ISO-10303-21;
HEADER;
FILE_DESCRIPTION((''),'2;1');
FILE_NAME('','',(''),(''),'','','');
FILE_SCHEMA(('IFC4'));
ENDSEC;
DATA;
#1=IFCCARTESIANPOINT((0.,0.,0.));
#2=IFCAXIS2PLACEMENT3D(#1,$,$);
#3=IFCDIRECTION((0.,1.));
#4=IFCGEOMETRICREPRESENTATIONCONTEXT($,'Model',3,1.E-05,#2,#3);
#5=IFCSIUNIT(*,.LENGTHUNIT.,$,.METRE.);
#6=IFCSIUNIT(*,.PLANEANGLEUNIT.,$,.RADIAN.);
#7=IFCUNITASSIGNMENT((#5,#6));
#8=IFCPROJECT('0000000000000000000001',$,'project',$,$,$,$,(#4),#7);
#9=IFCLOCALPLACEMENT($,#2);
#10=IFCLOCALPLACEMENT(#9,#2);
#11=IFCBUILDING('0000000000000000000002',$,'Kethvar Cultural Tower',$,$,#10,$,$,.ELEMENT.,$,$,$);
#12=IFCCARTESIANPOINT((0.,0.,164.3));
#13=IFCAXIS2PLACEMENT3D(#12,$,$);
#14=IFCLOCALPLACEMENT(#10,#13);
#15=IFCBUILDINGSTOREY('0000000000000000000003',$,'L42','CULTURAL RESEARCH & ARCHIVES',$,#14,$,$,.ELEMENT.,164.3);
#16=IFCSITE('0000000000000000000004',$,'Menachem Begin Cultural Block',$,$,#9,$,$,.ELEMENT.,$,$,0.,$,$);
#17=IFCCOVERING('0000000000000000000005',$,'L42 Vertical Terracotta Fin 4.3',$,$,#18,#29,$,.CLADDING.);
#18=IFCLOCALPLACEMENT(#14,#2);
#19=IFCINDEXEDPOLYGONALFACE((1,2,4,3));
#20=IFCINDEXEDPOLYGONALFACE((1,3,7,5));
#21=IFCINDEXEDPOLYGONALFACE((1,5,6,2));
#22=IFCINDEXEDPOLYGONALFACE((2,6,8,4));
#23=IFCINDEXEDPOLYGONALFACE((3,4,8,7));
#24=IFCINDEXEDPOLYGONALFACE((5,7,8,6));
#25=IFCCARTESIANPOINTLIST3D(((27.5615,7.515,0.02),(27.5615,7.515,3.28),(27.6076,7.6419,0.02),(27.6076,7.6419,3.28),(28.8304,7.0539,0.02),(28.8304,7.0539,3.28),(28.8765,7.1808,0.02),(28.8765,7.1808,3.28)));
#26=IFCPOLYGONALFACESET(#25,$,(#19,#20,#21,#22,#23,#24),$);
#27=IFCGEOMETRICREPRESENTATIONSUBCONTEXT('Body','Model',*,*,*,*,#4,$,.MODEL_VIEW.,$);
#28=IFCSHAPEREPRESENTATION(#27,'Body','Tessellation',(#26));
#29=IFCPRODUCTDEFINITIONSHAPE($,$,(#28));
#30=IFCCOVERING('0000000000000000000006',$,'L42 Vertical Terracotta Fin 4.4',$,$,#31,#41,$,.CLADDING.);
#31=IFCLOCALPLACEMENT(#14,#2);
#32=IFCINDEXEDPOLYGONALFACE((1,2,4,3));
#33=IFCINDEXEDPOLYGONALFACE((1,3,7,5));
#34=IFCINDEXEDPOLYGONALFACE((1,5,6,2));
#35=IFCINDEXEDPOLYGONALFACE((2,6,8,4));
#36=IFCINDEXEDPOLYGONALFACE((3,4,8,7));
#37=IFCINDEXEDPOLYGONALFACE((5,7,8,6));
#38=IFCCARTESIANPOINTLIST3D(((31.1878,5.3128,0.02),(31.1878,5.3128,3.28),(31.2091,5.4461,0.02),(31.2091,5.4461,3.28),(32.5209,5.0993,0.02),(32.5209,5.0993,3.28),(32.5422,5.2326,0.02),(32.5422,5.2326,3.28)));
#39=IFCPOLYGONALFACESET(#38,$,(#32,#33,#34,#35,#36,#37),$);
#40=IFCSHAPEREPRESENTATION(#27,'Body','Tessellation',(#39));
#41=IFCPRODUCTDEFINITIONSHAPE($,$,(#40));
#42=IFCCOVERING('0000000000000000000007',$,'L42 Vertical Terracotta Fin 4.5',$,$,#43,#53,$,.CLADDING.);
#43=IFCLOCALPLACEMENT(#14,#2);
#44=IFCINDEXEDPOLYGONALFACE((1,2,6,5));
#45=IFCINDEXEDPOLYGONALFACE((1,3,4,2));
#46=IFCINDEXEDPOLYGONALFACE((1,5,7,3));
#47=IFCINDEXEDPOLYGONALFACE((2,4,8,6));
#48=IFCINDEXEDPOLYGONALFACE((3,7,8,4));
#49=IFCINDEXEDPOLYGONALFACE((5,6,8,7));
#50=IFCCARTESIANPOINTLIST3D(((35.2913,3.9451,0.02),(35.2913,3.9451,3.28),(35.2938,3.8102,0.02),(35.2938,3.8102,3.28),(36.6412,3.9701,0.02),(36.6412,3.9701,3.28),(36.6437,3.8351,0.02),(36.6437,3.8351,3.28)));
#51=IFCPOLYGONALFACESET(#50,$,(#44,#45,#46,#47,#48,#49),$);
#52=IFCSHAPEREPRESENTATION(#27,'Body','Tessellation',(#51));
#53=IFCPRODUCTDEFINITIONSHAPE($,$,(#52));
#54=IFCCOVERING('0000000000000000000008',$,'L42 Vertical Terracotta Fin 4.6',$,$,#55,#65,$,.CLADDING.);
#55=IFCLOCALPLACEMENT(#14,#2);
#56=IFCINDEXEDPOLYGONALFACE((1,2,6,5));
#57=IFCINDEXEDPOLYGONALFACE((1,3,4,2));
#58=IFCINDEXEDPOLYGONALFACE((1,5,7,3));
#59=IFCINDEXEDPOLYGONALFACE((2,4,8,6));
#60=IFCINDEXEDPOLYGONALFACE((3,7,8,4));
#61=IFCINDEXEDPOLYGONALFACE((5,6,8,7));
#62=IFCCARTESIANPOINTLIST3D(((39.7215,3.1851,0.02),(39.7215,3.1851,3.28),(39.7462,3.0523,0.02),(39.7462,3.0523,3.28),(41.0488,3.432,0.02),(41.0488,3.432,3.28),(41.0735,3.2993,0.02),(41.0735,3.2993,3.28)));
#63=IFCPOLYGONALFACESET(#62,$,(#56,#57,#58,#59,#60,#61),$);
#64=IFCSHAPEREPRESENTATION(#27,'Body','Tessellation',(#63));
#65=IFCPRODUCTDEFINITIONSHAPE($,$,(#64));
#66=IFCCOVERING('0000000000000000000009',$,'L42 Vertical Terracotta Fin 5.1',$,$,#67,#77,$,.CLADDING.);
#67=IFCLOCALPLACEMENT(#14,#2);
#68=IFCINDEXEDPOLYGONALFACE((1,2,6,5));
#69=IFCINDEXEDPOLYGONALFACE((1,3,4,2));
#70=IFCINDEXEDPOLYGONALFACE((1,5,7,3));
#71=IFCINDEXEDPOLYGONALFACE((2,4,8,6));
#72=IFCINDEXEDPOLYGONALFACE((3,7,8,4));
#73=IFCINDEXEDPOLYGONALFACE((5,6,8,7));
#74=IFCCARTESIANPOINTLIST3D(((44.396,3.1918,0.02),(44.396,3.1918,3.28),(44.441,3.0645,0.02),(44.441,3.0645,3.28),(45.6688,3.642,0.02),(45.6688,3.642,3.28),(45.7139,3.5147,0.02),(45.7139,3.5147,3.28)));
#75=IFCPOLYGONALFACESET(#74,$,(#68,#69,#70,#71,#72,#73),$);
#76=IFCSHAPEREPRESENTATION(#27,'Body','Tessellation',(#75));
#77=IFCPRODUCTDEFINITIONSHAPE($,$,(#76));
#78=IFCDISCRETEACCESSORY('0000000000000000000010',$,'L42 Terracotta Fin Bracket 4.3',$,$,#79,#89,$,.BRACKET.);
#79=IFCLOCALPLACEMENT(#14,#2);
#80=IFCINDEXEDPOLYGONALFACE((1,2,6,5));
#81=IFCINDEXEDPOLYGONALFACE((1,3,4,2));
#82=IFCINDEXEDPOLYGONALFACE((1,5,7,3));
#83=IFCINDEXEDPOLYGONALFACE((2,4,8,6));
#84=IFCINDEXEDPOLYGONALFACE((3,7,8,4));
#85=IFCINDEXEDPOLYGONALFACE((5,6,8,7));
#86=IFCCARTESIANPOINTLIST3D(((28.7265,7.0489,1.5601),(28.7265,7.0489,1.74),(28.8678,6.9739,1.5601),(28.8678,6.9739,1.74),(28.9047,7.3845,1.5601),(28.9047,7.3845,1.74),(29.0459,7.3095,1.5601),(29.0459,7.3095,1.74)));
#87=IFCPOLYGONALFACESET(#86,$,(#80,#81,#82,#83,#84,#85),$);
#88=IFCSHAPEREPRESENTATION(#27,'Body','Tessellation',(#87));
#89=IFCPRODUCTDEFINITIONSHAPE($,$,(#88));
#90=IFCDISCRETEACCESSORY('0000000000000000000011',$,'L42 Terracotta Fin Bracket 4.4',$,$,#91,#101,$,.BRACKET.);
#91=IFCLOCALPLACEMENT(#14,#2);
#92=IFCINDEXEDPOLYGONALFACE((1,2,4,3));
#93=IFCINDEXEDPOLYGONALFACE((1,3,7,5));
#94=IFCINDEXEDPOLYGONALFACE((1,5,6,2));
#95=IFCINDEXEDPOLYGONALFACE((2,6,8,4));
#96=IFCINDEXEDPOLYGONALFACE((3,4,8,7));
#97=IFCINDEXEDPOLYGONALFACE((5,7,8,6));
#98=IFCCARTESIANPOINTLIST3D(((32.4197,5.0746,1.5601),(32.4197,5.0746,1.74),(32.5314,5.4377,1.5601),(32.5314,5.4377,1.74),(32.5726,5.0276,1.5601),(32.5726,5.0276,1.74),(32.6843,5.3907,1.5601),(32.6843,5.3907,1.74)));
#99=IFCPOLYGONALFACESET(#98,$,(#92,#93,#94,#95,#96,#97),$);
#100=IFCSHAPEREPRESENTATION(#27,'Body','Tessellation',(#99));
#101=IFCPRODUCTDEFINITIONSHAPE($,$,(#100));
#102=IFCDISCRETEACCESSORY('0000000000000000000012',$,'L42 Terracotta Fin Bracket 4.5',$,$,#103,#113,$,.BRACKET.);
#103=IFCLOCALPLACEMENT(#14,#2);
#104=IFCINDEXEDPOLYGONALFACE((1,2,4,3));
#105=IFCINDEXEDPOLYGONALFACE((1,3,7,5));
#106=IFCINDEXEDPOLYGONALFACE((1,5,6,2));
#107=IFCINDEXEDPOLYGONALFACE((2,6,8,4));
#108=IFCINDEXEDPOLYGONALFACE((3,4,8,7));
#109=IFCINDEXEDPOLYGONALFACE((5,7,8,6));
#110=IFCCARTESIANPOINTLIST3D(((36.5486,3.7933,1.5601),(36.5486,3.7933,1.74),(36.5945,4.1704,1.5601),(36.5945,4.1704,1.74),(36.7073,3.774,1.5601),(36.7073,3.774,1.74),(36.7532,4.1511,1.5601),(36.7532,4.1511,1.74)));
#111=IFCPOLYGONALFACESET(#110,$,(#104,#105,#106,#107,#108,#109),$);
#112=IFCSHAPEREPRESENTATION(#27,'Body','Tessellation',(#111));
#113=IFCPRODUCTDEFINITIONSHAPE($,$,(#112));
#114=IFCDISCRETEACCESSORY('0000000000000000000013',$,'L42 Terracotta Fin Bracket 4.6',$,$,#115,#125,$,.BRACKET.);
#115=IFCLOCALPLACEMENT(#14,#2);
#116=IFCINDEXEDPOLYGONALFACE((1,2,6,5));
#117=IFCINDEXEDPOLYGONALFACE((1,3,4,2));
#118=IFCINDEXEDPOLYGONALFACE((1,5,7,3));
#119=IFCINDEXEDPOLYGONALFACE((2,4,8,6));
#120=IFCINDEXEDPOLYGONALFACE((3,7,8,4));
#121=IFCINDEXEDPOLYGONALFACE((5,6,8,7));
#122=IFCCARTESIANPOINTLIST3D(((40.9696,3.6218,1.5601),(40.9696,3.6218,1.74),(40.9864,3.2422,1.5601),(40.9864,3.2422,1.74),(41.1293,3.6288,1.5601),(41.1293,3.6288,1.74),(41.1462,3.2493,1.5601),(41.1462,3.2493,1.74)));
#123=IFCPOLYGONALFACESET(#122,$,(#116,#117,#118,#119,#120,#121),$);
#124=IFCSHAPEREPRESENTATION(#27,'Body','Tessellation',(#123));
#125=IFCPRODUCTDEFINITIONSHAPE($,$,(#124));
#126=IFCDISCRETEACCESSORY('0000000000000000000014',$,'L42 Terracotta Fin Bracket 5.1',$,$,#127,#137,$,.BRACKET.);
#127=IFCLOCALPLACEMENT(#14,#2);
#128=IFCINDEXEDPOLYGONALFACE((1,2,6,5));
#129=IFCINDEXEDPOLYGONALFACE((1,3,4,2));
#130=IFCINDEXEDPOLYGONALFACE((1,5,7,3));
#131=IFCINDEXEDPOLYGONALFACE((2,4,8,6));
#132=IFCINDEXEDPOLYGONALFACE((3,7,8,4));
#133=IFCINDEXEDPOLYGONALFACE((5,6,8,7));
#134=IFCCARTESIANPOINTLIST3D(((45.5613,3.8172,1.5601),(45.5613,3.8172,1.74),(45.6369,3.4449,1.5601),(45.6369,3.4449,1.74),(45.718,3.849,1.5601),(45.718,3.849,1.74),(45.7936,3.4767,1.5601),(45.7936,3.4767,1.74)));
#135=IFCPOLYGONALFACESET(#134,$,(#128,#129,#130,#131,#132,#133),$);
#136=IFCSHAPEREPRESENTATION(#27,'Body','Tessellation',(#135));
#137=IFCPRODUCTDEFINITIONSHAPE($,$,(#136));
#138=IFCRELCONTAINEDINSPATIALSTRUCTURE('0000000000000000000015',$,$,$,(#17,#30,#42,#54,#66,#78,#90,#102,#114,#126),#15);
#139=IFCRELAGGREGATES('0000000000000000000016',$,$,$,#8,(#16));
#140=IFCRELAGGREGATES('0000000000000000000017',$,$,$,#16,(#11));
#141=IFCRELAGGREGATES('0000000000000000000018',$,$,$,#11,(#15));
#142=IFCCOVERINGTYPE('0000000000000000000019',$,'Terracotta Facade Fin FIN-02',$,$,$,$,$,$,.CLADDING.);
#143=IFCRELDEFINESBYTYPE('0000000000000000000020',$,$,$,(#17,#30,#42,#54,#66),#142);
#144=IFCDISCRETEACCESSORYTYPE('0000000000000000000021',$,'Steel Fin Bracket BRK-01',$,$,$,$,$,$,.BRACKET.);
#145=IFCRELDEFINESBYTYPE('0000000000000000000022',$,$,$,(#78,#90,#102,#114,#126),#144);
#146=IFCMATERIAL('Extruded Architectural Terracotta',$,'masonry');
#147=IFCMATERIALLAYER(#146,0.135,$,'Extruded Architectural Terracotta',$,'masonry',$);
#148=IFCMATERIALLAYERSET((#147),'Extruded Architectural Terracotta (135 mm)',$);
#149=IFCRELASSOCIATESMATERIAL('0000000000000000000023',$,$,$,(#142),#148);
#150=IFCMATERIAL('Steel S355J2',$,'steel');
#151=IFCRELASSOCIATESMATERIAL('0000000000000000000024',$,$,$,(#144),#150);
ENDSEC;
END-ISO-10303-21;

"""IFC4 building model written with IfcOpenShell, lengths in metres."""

from ifc_helpers import new_model, si_unit, direction, frame, origin, origin_2d, place, context, subcontext, project, spatial, rectangle, extrude, source, transform, mapped, material, layer, layer_set, type_object, element, save


model = new_model("IFC4")

# Units and contexts
model_context = context("Model", 3, precision=1e-05, world=origin(), true_north=direction((0.0, 1.0)))
body_context = subcontext(model_context, "Body", "Model", "MODEL_VIEW")
ifc_project = project(units=[si_unit("LENGTHUNIT", "METRE"), si_unit("PLANEANGLEUNIT", "RADIAN")], contexts=[model_context])

# Site, building, storey
site_placement = place(None, origin())
site = spatial("IfcSite", under=ifc_project, at=site_placement, Name="Menachem Begin Cultural Block", CompositionType="ELEMENT", RefElevation=0.0)
building_placement = place(site_placement, origin())
building = spatial("IfcBuilding", under=site, at=building_placement, Name="Kethvar Cultural Tower", CompositionType="ELEMENT")
storey_placement = place(building_placement, frame((0.0, 0.0, 164.3)))
storey = spatial("IfcBuildingStorey", under=building, at=storey_placement, Name="L42", Description="CULTURAL RESEARCH & ARCHIVES", CompositionType="ELEMENT", Elevation=164.3)

# Shared definitions
ifc_material_1 = material(Name="Steel S355J2", Category="steel")

# Coverings
ifc_material_2 = material(Name="Extruded Architectural Terracotta", Category="masonry")
ifc_layer_1 = layer(ifc_material_2, 0.135, Name="Extruded Architectural Terracotta", Category="masonry")
ifc_layer_set_1 = layer_set([ifc_layer_1], Name="Extruded Architectural Terracotta (135 mm)")
covering_type = type_object("IfcCoveringType", Name="Terracotta Facade Fin FIN-02", PredefinedType="CLADDING", material=ifc_layer_set_1)
shared_shape_1 = source(origin(), body_context, "Body", "SweptSolid", [
    extrude(rectangle(XDim=1.3501, YDim=0.135, at=origin_2d()), origin(), (0.0, 0.0, 1.0), 3.26),
])
for number, where, z_axis, x_axis, name in (
    (1, (28.219, 7.3479, 0.02), (0.0, 0.0, 1.0), (-0.939872, 0.341528, 0.0), "L42 Vertical Terracotta Fin 4.3"),
    (2, (31.865, 5.2727, 0.02), (0.0, 0.0, 1.0), (-0.987414, 0.158158, 0.0), "L42 Vertical Terracotta Fin 4.4"),
    (3, (35.9675, 3.8901, 0.02), (0.0, 0.0, 1.0), (-0.999829, -0.018499, 0.0), "L42 Vertical Terracotta Fin 4.5"),
    (4, (40.3975, 3.2422, 0.02), (0.0, 0.0, 1.0), (-0.983127, -0.182922, 0.0), "L42 Vertical Terracotta Fin 4.6"),
    (5, (45.0549, 3.3533, 0.02), (0.0, 0.0, 1.0), (-0.942758, -0.333478, 0.0), "L42 Vertical Terracotta Fin 5.1"),
):
    element("IfcCovering", number, at=place(storey_placement, frame(where, z_axis=z_axis, x_axis=x_axis)), inside=storey, type_object=covering_type, Name=name, PredefinedType="CLADDING", context=body_context, shape_type="MappedRepresentation", body=[
        mapped(shared_shape_1, transform((0.0, 0.0, 0.0), scale=1.0)),
    ])

# Discrete accessories
discrete_accessory_type = type_object("IfcDiscreteAccessoryType", Name="Steel Fin Bracket BRK-01", PredefinedType="BRACKET", material=ifc_material_1)
shared_shape_2 = source(origin(), body_context, "Body", "SweptSolid", [
    extrude(rectangle(XDim=0.3799, YDim=0.1599, at=origin_2d()), origin(), (0.0, 0.0, 1.0), 0.1799),
])
for number, where, z_axis, x_axis, name in (
    (6, (28.8862, 7.1792, 1.5601), (0.0, 0.0, 1.0), (-0.469009, -0.883193, 0.0), "L42 Terracotta Fin Bracket 4.3"),
    (7, (32.552, 5.2327, 1.5601), (0.0, 0.0, 1.0), (-0.29404, -0.955793, 0.0), "L42 Terracotta Fin Bracket 4.4"),
    (8, (36.6509, 3.9722, 1.5601), (0.0, 0.0, 1.0), (-0.12083, -0.992673, 0.0), "L42 Terracotta Fin Bracket 4.5"),
    (9, (41.0579, 3.4355, 1.5601), (0.0, 0.0, 1.0), (0.044317, -0.999018, 0.0), "L42 Terracotta Fin Bracket 4.6"),
    (10, (45.6775, 3.647, 1.5601), (0.0, 0.0, 1.0), (0.199026, -0.979994, 0.0), "L42 Terracotta Fin Bracket 5.1"),
):
    element("IfcDiscreteAccessory", number, at=place(storey_placement, frame(where, z_axis=z_axis, x_axis=x_axis)), inside=storey, type_object=discrete_accessory_type, Name=name, PredefinedType="BRACKET", context=body_context, shape_type="MappedRepresentation", body=[
        mapped(shared_shape_2, transform((0.0, 0.0, 0.0), scale=1.0)),
    ])

save(model, "model.ifc")
